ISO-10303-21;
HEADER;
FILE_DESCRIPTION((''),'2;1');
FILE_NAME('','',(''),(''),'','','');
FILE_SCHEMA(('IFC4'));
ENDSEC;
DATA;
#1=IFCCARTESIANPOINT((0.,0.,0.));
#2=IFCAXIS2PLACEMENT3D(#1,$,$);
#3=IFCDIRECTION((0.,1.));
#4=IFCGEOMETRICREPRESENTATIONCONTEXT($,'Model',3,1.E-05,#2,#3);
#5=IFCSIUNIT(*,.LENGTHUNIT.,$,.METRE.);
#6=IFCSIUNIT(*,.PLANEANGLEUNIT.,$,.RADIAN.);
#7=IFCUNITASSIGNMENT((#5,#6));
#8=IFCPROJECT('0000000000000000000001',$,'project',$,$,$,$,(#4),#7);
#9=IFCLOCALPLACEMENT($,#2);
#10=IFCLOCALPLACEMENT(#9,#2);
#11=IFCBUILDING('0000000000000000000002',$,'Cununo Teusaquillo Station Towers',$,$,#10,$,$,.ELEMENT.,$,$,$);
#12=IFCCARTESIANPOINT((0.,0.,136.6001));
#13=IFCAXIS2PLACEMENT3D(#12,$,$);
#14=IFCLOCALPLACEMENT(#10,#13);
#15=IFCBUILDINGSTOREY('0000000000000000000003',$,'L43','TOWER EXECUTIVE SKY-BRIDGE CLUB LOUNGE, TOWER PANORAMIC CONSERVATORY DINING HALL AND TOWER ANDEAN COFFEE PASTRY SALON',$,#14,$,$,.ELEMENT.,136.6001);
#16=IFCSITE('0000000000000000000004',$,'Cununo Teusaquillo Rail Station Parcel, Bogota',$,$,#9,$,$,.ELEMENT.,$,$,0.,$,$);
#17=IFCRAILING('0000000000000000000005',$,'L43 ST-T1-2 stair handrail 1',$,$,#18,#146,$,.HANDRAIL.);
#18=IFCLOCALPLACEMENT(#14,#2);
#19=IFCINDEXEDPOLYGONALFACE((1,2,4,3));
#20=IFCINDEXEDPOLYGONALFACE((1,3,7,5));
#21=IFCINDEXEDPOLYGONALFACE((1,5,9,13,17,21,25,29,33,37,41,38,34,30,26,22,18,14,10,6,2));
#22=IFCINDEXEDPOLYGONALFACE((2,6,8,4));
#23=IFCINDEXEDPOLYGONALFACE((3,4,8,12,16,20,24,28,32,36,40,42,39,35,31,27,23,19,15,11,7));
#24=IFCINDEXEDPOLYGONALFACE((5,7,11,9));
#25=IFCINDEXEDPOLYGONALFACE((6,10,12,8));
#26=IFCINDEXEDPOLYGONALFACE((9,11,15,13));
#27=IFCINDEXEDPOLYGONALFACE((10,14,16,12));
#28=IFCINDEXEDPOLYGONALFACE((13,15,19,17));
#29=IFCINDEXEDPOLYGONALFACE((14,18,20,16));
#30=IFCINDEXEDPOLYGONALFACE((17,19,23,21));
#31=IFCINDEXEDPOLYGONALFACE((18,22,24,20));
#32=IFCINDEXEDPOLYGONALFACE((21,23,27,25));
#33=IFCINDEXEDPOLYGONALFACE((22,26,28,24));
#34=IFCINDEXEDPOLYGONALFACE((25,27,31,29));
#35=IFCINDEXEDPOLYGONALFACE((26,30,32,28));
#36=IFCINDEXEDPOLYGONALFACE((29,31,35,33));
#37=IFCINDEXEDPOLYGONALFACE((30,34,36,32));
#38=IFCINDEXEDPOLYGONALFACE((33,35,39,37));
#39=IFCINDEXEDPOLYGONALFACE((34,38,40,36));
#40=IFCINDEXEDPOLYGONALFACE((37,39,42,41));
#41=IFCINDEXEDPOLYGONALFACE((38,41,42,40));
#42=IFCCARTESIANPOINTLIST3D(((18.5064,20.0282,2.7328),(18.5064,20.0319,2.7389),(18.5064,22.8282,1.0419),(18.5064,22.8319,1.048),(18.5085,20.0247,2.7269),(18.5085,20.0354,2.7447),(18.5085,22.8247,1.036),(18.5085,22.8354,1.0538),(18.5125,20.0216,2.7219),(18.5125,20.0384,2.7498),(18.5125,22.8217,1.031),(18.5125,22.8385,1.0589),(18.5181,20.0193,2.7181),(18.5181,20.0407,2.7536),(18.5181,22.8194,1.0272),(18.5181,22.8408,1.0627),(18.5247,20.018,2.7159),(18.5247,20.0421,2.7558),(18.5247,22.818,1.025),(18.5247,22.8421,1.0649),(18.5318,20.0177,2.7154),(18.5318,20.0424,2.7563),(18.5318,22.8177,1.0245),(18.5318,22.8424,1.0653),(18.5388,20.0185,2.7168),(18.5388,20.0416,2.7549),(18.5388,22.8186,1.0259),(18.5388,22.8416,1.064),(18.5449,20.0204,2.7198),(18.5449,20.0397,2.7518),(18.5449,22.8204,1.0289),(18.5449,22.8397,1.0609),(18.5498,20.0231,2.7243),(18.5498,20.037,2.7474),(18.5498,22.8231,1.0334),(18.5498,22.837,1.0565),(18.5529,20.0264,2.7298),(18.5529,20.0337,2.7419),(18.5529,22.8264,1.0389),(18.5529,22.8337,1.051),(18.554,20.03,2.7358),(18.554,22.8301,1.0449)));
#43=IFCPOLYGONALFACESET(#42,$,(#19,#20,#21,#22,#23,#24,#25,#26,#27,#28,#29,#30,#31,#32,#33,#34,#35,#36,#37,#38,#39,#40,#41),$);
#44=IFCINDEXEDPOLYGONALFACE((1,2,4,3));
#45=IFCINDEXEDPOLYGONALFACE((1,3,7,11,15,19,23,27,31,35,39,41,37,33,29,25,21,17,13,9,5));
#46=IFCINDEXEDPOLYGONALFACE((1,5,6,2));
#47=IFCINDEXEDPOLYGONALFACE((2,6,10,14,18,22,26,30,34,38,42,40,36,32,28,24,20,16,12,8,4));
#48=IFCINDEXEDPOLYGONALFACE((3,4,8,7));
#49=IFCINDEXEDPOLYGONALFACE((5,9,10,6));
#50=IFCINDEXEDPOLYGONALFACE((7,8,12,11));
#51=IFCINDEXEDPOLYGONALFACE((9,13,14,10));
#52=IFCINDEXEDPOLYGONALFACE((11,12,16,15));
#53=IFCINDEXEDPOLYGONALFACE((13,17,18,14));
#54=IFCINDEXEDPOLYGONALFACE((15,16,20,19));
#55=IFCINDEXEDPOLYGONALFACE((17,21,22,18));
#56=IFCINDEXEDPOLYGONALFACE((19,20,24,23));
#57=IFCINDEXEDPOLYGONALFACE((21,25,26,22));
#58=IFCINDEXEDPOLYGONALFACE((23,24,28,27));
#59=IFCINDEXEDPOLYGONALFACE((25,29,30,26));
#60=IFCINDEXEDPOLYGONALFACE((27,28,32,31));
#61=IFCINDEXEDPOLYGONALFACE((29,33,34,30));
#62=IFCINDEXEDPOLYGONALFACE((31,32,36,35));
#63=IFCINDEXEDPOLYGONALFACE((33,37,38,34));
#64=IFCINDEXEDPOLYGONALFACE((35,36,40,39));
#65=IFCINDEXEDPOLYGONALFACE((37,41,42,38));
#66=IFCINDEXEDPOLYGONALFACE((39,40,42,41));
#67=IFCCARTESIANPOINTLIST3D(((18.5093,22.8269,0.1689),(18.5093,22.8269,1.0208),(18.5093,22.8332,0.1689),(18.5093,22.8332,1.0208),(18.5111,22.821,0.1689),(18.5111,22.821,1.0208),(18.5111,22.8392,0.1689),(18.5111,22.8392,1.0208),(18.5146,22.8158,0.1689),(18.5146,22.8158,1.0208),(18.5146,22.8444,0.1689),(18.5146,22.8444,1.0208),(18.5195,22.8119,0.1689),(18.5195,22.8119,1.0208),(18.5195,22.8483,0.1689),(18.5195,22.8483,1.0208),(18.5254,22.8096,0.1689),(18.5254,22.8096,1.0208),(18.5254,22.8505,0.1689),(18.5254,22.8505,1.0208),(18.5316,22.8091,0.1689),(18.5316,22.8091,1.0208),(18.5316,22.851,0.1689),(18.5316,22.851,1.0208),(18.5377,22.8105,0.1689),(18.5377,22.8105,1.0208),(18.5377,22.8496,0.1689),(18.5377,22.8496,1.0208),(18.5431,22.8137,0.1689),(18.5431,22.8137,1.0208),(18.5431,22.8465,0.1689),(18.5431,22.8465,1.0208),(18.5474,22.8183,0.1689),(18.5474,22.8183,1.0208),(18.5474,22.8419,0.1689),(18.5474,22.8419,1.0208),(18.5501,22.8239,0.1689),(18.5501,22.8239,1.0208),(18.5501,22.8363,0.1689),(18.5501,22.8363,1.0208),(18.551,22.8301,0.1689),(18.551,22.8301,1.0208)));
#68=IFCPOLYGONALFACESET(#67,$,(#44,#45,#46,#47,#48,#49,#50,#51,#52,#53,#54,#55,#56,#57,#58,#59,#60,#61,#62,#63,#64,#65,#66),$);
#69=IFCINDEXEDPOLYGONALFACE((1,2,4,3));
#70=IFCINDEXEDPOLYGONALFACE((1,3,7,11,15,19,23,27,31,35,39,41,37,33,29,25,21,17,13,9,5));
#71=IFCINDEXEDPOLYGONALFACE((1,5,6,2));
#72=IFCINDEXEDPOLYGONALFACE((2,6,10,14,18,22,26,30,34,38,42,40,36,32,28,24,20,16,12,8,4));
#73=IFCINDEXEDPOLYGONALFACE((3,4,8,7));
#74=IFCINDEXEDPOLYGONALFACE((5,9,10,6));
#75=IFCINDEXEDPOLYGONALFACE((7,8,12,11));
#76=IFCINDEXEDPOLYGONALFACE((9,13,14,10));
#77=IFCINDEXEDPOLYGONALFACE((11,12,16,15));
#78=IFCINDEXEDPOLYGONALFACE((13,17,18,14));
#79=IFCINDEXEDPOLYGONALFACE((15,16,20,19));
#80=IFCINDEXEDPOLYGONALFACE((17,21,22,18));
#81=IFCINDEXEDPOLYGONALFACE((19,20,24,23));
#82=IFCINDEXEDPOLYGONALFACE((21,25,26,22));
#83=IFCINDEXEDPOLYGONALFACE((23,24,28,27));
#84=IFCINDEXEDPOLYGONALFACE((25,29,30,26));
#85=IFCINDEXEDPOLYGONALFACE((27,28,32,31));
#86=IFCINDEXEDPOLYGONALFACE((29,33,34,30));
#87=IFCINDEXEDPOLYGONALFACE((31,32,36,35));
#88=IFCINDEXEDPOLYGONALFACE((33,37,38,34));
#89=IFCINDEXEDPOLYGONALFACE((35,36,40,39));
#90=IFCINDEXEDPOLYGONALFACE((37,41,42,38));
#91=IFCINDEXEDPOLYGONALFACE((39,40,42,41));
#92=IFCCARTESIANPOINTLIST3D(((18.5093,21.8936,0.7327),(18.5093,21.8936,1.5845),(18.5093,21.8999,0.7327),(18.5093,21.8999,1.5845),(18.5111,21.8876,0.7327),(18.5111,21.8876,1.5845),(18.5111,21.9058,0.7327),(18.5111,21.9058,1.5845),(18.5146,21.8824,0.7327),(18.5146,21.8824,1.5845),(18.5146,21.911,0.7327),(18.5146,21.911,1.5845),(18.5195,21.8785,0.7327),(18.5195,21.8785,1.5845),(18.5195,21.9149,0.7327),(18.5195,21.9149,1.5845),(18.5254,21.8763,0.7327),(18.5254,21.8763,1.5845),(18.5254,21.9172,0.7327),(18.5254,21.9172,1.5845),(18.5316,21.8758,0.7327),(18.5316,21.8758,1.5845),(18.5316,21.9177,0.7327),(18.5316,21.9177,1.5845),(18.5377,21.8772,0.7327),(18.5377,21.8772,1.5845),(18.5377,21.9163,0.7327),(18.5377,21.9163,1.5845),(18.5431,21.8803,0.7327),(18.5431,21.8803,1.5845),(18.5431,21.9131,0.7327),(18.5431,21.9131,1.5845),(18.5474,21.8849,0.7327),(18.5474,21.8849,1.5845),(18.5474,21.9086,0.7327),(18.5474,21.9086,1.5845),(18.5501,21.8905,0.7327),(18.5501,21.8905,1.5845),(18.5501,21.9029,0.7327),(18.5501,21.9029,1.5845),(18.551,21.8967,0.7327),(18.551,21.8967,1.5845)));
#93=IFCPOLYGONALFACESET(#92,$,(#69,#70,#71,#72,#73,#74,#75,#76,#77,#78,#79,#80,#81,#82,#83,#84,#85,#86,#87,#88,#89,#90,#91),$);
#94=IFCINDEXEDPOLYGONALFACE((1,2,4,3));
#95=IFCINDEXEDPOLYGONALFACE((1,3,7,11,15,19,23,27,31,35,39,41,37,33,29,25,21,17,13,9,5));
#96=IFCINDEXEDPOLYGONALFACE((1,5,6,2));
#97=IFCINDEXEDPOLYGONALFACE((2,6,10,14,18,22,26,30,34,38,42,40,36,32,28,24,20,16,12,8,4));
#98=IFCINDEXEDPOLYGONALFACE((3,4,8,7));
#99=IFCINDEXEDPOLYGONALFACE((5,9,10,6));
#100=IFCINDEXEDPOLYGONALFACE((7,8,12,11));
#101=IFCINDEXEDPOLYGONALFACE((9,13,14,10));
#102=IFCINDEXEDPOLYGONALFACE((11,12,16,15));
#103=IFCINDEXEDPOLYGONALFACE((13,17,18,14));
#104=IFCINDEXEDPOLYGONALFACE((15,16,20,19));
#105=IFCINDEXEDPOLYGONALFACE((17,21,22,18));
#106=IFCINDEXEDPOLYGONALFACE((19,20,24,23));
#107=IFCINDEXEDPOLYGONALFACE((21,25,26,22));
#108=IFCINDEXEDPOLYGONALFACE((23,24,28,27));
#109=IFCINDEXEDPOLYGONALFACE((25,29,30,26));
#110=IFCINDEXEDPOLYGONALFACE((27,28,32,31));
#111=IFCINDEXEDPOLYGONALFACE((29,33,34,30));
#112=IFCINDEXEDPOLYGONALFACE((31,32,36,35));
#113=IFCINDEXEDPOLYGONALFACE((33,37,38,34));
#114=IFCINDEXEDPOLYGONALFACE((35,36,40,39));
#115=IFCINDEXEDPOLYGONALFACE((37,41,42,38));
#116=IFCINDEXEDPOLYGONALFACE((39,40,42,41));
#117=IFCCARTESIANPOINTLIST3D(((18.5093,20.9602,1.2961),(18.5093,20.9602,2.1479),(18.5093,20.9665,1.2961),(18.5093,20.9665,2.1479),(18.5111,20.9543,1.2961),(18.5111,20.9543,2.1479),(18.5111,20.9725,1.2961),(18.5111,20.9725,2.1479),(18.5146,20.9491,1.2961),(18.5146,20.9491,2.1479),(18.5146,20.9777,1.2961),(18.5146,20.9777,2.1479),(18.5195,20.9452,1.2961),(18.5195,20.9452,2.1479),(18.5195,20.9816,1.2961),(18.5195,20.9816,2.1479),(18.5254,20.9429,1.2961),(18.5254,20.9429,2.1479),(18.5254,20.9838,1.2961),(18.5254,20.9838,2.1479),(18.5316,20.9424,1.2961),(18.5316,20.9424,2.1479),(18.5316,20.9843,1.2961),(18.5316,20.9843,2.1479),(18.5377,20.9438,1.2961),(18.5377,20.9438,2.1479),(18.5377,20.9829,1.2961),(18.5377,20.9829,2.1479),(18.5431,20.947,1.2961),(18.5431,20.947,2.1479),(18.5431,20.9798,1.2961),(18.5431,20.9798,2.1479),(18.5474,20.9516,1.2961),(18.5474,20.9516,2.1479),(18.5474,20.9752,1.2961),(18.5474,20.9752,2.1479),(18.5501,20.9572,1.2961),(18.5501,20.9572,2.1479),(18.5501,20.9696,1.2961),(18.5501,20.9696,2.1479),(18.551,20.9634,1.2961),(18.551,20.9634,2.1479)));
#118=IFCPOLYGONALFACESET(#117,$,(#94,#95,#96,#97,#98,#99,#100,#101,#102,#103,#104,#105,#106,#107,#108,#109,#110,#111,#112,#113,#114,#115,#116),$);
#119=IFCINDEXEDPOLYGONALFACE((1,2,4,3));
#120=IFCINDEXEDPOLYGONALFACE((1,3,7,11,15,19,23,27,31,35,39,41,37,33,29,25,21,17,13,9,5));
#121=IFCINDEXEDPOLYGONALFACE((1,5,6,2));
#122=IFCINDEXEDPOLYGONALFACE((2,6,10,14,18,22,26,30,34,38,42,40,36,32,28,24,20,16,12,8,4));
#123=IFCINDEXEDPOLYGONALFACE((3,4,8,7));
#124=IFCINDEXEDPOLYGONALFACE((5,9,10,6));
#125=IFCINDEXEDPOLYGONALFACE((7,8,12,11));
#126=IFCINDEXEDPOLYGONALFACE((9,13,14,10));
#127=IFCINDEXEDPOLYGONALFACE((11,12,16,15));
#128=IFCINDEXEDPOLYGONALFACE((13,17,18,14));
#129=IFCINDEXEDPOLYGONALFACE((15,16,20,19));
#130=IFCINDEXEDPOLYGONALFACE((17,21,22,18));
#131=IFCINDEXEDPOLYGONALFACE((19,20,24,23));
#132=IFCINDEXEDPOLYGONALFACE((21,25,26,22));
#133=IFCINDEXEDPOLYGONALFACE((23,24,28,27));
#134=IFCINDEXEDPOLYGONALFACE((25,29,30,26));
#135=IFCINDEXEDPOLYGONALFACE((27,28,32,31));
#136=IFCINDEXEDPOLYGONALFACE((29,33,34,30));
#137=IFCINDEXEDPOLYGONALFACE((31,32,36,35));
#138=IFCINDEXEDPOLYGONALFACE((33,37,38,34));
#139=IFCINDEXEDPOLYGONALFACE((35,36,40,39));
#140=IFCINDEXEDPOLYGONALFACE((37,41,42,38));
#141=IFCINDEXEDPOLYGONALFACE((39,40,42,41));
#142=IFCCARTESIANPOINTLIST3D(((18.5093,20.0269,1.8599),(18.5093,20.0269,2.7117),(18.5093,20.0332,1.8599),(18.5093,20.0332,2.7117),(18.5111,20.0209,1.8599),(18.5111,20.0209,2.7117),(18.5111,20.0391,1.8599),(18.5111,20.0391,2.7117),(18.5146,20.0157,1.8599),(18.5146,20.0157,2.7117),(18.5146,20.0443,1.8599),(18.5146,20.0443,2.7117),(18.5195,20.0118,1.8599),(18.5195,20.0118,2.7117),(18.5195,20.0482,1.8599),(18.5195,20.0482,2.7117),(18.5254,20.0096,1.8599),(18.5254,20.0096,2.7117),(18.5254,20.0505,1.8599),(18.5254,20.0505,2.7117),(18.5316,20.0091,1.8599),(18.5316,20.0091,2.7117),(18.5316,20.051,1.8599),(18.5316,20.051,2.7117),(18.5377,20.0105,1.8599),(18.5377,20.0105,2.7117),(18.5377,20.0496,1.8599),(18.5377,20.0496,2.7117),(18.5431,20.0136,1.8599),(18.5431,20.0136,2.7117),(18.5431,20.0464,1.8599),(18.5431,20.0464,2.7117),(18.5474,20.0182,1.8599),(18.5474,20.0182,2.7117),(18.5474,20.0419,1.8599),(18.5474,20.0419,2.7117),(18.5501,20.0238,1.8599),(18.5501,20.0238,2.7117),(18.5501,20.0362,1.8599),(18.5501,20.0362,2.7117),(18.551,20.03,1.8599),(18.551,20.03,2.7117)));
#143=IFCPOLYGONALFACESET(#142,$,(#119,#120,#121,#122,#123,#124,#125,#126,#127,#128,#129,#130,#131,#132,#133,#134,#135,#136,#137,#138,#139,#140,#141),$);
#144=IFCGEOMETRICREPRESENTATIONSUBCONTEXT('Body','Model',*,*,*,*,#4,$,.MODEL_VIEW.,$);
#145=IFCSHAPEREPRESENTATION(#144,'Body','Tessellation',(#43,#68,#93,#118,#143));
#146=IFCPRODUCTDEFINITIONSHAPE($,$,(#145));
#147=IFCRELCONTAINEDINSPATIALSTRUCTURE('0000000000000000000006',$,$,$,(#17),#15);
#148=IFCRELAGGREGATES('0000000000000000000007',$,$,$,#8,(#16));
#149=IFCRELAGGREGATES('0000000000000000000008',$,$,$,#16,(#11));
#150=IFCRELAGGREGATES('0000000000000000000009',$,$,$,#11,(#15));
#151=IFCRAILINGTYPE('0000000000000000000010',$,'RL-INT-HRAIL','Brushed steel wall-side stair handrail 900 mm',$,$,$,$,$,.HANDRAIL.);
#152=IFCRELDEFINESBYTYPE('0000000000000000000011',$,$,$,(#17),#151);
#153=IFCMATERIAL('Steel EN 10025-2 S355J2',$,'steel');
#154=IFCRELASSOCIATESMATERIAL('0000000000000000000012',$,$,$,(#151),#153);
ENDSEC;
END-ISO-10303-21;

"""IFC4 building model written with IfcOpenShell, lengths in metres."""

from ifc_helpers import new_model, si_unit, direction, frame, origin, origin_2d, place, context, subcontext, project, spatial, circle, extrude, material, type_object, element, save


model = new_model("IFC4")

# Units and contexts
model_context = context("Model", 3, precision=1e-05, world=origin(), true_north=direction((0.0, 1.0)))
body_context = subcontext(model_context, "Body", "Model", "MODEL_VIEW")
ifc_project = project(units=[si_unit("LENGTHUNIT", "METRE"), si_unit("PLANEANGLEUNIT", "RADIAN")], contexts=[model_context])

# Site, building, storey
site_placement = place(None, origin())
site = spatial("IfcSite", under=ifc_project, at=site_placement, Name="Cununo Teusaquillo Rail Station Parcel, Bogota", CompositionType="ELEMENT", RefElevation=0.0)
building_placement = place(site_placement, origin())
building = spatial("IfcBuilding", under=site, at=building_placement, Name="Cununo Teusaquillo Station Towers", CompositionType="ELEMENT")
storey_placement = place(building_placement, frame((0.0, 0.0, 136.6001)))
storey = spatial("IfcBuildingStorey", under=building, at=storey_placement, Name="L43", Description="TOWER EXECUTIVE SKY-BRIDGE CLUB LOUNGE, TOWER PANORAMIC CONSERVATORY DINING HALL AND TOWER ANDEAN COFFEE PASTRY SALON", CompositionType="ELEMENT", Elevation=136.6001)

# Railing
ifc_material_1 = material(Name="Steel EN 10025-2 S355J2", Category="steel")
railing_type_1 = type_object("IfcRailingType", Name="RL-INT-HRAIL", Description="Brushed steel wall-side stair handrail 900 mm", PredefinedType="HANDRAIL", material=ifc_material_1)
railing_1_placement = place(storey_placement, frame((18.53, 22.8301, 0.1689)))
element("IfcRailing", 1, at=railing_1_placement, inside=storey, type_object=railing_type_1, Name="L43 ST-T1-2 stair handrail 1", PredefinedType="HANDRAIL", context=body_context, shape_type="SweptSolid", body=[
    extrude(circle(Radius=0.0239, at=origin_2d()), frame((0.0, 0.0, 0.876), z_axis=(0.0, -0.856021, 0.516941), x_axis=(1.0, 0.0, 0.0)), (0.0, 0.0, 1.0), 3.271),
    extrude(circle(Radius=0.021, at=origin_2d()), origin(), (0.0, 0.0, 1.0), 0.8518),
    extrude(circle(Radius=0.021, at=origin_2d()), frame((0.0, -0.9333, 0.5637)), (0.0, 0.0, 1.0), 0.8518),
    extrude(circle(Radius=0.021, at=origin_2d()), frame((0.0, -1.8667, 1.1272)), (0.0, 0.0, 1.0), 0.8518),
    extrude(circle(Radius=0.021, at=origin_2d()), frame((0.0, -2.8, 1.6909)), (0.0, 0.0, 1.0), 0.8518),
])

save(model, "model.ifc")
